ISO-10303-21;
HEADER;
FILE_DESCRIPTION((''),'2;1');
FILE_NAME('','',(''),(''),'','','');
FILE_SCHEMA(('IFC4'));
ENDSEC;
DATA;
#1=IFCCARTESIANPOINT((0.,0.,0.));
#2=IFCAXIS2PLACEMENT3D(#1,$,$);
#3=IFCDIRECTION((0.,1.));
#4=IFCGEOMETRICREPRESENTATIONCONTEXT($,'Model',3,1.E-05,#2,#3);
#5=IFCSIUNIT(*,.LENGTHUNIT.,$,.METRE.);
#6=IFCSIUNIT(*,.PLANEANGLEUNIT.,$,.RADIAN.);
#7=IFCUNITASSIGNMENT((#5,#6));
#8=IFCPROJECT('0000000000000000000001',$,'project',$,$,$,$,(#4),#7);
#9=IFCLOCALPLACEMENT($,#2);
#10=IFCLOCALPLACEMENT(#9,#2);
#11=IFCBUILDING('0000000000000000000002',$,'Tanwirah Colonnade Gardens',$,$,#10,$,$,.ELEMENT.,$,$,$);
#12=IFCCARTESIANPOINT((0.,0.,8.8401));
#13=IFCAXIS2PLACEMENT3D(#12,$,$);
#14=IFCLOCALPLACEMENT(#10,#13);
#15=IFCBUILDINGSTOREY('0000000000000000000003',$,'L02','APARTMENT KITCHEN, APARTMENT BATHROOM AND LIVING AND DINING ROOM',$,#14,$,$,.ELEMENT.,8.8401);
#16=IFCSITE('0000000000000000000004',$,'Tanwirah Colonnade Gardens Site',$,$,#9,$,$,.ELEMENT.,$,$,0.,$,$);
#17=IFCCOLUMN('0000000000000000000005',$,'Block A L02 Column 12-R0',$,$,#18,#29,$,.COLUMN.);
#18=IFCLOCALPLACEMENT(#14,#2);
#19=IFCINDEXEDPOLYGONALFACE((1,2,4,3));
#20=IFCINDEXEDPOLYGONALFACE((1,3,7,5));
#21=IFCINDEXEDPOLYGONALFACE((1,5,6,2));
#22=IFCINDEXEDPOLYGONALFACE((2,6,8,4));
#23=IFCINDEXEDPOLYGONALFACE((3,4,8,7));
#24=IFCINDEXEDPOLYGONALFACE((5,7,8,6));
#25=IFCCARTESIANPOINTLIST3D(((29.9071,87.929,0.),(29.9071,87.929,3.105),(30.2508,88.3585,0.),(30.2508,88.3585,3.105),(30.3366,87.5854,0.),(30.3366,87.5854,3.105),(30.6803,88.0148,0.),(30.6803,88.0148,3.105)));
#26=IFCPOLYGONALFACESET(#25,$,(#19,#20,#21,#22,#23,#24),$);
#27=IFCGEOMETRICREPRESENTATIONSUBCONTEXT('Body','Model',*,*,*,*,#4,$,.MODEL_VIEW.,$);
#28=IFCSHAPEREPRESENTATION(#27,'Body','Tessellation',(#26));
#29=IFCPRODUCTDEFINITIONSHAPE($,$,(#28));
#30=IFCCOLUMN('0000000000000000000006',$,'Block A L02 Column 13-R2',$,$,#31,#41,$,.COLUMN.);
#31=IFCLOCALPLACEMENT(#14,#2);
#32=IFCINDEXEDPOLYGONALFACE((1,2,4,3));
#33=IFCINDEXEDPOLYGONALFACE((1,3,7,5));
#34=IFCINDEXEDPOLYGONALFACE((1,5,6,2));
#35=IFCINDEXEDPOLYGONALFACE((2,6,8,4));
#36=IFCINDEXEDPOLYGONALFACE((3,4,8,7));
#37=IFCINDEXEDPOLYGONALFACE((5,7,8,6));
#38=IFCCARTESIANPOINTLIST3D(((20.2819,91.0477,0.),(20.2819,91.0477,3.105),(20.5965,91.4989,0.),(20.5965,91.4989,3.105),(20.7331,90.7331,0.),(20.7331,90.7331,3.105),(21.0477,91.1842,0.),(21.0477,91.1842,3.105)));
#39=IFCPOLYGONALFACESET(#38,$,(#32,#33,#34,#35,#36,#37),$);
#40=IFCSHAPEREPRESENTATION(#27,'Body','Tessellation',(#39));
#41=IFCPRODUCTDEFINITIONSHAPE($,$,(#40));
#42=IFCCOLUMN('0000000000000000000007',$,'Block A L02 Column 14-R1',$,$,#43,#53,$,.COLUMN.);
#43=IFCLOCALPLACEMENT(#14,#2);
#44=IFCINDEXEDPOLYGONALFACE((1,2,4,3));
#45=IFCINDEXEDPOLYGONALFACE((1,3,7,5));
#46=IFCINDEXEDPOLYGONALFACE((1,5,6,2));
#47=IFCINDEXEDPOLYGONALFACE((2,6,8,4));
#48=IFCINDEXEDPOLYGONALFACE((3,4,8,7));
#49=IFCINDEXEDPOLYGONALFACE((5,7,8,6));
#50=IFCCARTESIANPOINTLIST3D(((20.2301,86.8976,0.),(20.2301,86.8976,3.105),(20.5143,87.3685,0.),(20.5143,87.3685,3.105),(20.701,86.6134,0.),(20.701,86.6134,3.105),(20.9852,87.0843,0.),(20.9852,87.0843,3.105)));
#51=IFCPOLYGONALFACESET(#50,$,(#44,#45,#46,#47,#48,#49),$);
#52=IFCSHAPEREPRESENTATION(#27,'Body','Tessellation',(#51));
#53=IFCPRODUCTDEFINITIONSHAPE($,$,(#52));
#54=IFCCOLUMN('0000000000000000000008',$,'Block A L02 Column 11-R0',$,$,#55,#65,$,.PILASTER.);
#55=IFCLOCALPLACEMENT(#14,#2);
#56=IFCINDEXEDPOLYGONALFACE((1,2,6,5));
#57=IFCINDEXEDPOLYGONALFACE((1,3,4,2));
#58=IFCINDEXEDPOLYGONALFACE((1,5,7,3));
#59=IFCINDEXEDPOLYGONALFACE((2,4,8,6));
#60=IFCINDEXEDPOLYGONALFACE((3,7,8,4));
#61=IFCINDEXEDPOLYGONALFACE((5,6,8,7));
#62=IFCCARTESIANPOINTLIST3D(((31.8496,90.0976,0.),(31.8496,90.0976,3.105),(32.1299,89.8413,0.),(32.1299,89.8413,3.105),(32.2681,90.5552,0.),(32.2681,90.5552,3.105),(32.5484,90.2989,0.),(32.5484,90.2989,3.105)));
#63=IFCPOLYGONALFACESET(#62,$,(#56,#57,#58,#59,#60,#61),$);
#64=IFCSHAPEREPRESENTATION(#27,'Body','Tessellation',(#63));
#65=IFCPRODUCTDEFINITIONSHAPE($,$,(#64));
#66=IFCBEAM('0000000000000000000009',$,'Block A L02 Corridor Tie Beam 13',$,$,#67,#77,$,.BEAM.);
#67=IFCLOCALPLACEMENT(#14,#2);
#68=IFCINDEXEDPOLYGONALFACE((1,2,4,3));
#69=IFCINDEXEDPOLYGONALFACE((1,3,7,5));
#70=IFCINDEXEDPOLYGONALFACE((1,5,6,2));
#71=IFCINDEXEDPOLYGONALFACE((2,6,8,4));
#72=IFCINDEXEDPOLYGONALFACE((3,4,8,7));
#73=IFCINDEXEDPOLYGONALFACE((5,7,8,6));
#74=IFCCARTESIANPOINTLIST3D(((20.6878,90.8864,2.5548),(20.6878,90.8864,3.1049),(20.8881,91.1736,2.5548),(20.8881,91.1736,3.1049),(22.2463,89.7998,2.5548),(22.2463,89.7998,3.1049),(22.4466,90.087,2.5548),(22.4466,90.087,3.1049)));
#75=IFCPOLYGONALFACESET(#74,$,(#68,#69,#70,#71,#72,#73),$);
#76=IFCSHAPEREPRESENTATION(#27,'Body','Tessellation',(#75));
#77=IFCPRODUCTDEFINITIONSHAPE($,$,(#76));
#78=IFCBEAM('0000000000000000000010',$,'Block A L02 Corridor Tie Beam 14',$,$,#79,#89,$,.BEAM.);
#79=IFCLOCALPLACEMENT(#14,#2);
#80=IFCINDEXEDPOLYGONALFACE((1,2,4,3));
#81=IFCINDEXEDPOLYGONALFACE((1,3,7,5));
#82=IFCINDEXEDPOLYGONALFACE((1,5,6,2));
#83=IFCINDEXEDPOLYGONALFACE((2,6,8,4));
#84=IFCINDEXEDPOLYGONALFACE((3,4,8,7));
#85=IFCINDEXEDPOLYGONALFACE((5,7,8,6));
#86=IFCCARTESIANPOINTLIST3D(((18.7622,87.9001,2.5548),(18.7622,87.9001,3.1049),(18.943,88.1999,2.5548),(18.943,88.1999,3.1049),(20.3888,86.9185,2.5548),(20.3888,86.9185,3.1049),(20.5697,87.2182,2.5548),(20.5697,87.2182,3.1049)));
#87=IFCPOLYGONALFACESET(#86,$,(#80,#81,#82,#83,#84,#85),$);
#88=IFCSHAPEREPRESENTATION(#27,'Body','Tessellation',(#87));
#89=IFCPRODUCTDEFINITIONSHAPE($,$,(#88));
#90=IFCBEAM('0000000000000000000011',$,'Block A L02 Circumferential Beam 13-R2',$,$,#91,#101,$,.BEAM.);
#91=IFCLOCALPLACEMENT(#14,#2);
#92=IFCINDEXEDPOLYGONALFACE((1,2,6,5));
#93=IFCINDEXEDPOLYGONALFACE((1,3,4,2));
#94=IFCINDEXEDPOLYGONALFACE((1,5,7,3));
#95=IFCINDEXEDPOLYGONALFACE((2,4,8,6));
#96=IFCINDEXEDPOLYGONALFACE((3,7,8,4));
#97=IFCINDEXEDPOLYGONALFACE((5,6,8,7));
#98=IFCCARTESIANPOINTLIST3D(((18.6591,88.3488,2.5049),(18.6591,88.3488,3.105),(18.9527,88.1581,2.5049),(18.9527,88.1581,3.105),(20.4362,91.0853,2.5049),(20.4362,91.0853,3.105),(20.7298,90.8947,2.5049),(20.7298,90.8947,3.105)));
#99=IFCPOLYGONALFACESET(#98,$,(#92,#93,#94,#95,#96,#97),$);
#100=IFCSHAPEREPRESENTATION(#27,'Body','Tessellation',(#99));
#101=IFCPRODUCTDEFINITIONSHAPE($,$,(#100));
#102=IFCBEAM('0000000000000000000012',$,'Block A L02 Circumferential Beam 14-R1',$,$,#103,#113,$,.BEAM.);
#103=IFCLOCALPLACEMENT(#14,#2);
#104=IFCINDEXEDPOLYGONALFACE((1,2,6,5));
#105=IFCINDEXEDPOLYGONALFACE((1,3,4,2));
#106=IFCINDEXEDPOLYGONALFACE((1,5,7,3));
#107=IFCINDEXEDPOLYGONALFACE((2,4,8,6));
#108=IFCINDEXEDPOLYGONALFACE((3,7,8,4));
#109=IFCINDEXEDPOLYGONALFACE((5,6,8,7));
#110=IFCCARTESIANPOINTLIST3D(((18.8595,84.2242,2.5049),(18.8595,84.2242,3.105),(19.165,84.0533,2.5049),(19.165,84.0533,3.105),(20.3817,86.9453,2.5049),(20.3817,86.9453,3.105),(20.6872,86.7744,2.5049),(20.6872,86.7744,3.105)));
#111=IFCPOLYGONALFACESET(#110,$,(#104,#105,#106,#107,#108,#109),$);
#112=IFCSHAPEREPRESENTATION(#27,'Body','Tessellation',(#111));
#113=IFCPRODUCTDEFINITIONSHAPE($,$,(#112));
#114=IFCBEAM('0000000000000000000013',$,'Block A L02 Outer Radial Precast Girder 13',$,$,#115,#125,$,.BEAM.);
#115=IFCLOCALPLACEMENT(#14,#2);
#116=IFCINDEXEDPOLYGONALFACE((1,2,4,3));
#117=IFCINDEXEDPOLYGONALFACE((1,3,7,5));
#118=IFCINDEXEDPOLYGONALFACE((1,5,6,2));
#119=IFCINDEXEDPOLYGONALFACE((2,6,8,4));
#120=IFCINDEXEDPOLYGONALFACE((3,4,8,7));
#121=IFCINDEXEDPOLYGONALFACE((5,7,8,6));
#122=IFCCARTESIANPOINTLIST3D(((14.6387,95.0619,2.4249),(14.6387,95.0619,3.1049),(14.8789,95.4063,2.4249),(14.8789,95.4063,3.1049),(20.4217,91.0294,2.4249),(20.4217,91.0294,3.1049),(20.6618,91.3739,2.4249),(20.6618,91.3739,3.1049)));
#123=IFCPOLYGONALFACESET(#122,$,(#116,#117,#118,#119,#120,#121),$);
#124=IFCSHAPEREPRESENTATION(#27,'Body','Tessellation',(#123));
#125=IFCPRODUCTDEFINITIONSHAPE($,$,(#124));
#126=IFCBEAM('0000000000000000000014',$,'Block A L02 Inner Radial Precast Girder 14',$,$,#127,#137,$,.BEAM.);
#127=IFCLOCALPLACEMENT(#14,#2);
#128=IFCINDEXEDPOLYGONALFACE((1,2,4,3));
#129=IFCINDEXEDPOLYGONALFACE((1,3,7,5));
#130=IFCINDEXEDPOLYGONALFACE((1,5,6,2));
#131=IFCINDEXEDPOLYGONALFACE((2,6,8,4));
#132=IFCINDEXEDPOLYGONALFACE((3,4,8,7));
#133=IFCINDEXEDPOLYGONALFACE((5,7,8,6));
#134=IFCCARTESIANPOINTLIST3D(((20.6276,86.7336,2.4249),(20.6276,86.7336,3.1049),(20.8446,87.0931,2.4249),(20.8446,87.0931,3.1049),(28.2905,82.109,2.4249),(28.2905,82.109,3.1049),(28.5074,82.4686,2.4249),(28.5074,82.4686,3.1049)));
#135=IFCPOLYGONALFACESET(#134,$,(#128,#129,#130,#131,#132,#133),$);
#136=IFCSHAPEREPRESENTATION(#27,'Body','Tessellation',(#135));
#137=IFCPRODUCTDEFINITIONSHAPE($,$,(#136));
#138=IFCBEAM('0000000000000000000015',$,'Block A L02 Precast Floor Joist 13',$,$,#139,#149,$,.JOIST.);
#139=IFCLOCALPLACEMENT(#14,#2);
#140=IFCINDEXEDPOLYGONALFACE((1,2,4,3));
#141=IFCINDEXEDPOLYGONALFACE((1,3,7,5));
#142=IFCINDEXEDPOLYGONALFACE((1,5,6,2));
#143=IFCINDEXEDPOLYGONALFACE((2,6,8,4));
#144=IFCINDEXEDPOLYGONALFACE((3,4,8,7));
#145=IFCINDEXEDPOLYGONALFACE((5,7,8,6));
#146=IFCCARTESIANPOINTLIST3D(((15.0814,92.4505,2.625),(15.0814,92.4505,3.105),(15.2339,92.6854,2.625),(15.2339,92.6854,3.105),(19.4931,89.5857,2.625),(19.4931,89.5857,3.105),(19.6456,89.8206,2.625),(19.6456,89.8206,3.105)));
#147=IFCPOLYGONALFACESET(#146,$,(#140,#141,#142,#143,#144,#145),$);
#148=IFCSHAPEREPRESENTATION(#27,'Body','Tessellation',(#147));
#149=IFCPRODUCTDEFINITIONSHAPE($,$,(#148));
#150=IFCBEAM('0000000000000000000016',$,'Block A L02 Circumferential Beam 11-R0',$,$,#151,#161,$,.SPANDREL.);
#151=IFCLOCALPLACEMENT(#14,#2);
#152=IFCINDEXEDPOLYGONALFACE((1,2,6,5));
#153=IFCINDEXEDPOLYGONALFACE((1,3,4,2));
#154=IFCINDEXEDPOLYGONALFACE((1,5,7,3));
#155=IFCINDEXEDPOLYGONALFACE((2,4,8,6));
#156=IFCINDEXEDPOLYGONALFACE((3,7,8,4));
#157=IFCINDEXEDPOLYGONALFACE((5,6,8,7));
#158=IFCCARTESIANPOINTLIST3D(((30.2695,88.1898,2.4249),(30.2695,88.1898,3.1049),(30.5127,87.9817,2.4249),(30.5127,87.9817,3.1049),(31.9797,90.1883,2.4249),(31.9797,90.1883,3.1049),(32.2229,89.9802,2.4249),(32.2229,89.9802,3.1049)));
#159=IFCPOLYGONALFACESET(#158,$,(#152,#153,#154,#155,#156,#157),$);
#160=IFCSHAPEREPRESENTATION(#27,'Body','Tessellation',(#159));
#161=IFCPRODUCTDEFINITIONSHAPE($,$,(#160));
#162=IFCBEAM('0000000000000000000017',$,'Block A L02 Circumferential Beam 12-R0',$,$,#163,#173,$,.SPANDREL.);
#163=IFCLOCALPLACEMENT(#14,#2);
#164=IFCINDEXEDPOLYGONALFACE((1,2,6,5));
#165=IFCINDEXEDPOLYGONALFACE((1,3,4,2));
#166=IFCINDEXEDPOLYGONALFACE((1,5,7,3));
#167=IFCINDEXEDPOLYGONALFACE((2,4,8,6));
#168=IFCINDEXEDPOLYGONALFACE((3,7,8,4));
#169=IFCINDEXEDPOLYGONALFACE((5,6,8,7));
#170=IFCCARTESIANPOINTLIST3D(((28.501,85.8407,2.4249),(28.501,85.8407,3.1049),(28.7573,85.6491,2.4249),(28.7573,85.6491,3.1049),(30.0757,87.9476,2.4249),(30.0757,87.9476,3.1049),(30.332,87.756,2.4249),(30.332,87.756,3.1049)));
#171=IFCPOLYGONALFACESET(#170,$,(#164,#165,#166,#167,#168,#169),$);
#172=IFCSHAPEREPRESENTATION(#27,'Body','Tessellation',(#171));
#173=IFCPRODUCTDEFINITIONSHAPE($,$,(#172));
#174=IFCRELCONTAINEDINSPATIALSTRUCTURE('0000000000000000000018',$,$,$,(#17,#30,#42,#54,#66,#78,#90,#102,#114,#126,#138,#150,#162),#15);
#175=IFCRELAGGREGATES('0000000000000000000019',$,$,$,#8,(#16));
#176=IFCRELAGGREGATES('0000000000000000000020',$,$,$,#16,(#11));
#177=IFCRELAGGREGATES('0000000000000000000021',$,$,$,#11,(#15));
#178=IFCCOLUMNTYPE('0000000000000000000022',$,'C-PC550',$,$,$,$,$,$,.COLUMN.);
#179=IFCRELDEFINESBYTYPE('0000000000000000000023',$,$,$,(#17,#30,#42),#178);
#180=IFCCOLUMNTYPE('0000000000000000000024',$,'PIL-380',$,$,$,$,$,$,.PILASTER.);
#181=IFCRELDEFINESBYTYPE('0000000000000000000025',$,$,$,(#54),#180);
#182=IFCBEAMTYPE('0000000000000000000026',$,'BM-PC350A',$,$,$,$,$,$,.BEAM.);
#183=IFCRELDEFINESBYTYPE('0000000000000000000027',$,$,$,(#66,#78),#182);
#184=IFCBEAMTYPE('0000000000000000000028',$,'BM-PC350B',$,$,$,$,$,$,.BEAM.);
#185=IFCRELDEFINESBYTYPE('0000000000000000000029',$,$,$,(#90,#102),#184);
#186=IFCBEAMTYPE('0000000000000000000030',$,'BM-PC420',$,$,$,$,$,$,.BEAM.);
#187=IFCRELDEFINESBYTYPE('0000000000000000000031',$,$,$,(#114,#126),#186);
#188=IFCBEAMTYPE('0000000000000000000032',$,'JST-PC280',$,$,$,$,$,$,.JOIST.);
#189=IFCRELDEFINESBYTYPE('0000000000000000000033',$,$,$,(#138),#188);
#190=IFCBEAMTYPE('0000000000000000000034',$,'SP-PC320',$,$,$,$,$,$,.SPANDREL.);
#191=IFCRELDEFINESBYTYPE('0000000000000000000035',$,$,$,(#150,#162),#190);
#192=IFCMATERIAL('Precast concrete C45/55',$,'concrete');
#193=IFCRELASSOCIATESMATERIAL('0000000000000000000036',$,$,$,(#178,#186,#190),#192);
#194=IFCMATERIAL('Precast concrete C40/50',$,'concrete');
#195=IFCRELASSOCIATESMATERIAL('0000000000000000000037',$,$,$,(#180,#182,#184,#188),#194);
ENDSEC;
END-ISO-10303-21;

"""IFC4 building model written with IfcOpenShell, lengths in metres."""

from ifc_helpers import new_model, si_unit, direction, frame, origin, origin_2d, place, context, subcontext, project, spatial, rectangle, extrude, material, material_profile, profile_set, type_object, element, save


model = new_model("IFC4")

# Units and contexts
model_context = context("Model", 3, precision=1e-05, world=origin(), true_north=direction((0.0, 1.0)))
body_context = subcontext(model_context, "Body", "Model", "MODEL_VIEW")
ifc_project = project(units=[si_unit("LENGTHUNIT", "METRE"), si_unit("PLANEANGLEUNIT", "RADIAN")], contexts=[model_context])

# Site, building, storey
site_placement = place(None, origin())
site = spatial("IfcSite", under=ifc_project, at=site_placement, Name="Tanwirah Colonnade Gardens Site", CompositionType="ELEMENT", RefElevation=0.0)
building_placement = place(site_placement, origin())
building = spatial("IfcBuilding", under=site, at=building_placement, Name="Tanwirah Colonnade Gardens", CompositionType="ELEMENT")
storey_placement = place(building_placement, frame((0.0, 0.0, 8.8401)))
storey = spatial("IfcBuildingStorey", under=building, at=storey_placement, Name="L02", Description="APARTMENT KITCHEN, APARTMENT BATHROOM AND LIVING AND DINING ROOM", CompositionType="ELEMENT", Elevation=8.8401)

# Columns
ifc_material_1 = material(Name="Precast concrete C45/55", Category="concrete")
ifc_material_profile_1 = material_profile(ifc_material_1, rectangle(XDim=0.55, YDim=0.55, at=origin_2d()), Name="PC-COL 550x550")
ifc_profile_set_1 = profile_set([ifc_material_profile_1], Name="Precast concrete C45/55")
column_type_1 = type_object("IfcColumnType", Name="C-PC550", PredefinedType="COLUMN", material=ifc_profile_set_1)
for number, where, z_axis, x_axis, name in (
    (1, (30.2937, 87.9719, 0.0), (0.0, 0.0, 1.0), (-0.780794, 0.624788, 0.0), "Block A L02 Column 12-R0"),
    (2, (20.6648, 91.116, 0.0), (0.0, 0.0, 1.0), (-0.820263, 0.571987, 0.0), "Block A L02 Column 13-R2"),
    (3, (20.6077, 86.991, 0.0), (0.0, 0.0, 1.0), (-0.856167, 0.516699, 0.0), "Block A L02 Column 14-R1"),
):
    element("IfcColumn", number, at=place(storey_placement, frame(where, z_axis=z_axis, x_axis=x_axis)), inside=storey, type_object=column_type_1, Name=name, PredefinedType="COLUMN", context=body_context, shape_type="SweptSolid", body=[
        extrude(rectangle(XDim=0.55, YDim=0.55, at=origin_2d()), origin(), (0.0, 0.0, 1.0), 3.105),
    ])
ifc_material_2 = material(Name="Precast concrete C40/50", Category="concrete")
ifc_material_profile_2 = material_profile(ifc_material_2, rectangle(XDim=0.3799, YDim=0.6201, at=origin_2d()), Name="PC-PIL 380x620")
ifc_profile_set_2 = profile_set([ifc_material_profile_2], Name="Precast concrete C40/50")
column_type_2 = type_object("IfcColumnType", Name="PIL-380", PredefinedType="PILASTER", material=ifc_profile_set_2)
column_placement = place(storey_placement, frame((32.199, 90.1982, 0.0), z_axis=(0.0, 0.0, 1.0), x_axis=(-0.737932, 0.674875, 0.0)))
element("IfcColumn", 4, at=column_placement, inside=storey, type_object=column_type_2, Name="Block A L02 Column 11-R0", PredefinedType="PILASTER", context=body_context, shape_type="SweptSolid", body=[
    extrude(rectangle(XDim=0.3799, YDim=0.6201, at=origin_2d()), origin(), (0.0, 0.0, 1.0), 3.105),
])

# Beams
ifc_material_profile_3 = material_profile(ifc_material_2, rectangle(XDim=0.3501, YDim=0.55, at=origin_2d()), Name="PC-BM 350x550")
ifc_profile_set_3 = profile_set([ifc_material_profile_3], Name="Precast concrete C40/50")
beam_type_1 = type_object("IfcBeamType", Name="BM-PC350A", PredefinedType="BEAM", material=ifc_profile_set_3)
for number, where, z_axis, x_axis, name in (
    (5, (22.3464, 89.9434, 2.8298), (-0.820305, 0.571926, 0.0), (-0.571926, -0.820305, 0.0), "Block A L02 Corridor Tie Beam 13"),
    (6, (20.4792, 87.0684, 2.8298), (-0.856175, 0.516686, 0.0), (-0.516686, -0.856175, 0.0), "Block A L02 Corridor Tie Beam 14"),
):
    element("IfcBeam", number, at=place(storey_placement, frame(where, z_axis=z_axis, x_axis=x_axis)), inside=storey, type_object=beam_type_1, Name=name, PredefinedType="BEAM", context=body_context, shape_type="SweptSolid", body=[
        extrude(rectangle(XDim=0.3501, YDim=0.55, at=origin_2d()), origin(), (0.0, 0.0, 1.0), 1.8999),
    ])
ifc_material_profile_4 = material_profile(ifc_material_2, rectangle(XDim=0.3501, YDim=0.6001, at=origin_2d()), Name="PC-BM 350x600")
ifc_profile_set_4 = profile_set([ifc_material_profile_4], Name="Precast concrete C40/50")
beam_type_2 = type_object("IfcBeamType", Name="BM-PC350B", PredefinedType="BEAM", material=ifc_profile_set_4)
beam_1_placement = place(storey_placement, frame((20.583, 90.99, 2.8049), z_axis=(-0.544628, -0.838678, 0.0), x_axis=(0.838678, -0.544628, 0.0)))
element("IfcBeam", 7, at=beam_1_placement, inside=storey, type_object=beam_type_2, Name="Block A L02 Circumferential Beam 13-R2", PredefinedType="BEAM", context=body_context, shape_type="SweptSolid", body=[
    extrude(rectangle(XDim=0.3501, YDim=0.6001, at=origin_2d()), origin(), (0.0, 0.0, 1.0), 3.2629),
])
beam_2_placement = place(storey_placement, frame((20.5344, 86.8599, 2.8049), z_axis=(-0.4882, -0.872732, 0.0), x_axis=(0.872732, -0.4882, 0.0)))
element("IfcBeam", 8, at=beam_2_placement, inside=storey, type_object=beam_type_2, Name="Block A L02 Circumferential Beam 14-R1", PredefinedType="BEAM", context=body_context, shape_type="SweptSolid", body=[
    extrude(rectangle(XDim=0.3501, YDim=0.6001, at=origin_2d()), origin(), (0.0, 0.0, 1.0), 3.1179),
])
ifc_material_profile_5 = material_profile(ifc_material_1, rectangle(XDim=0.4199, YDim=0.6799, at=origin_2d()), Name="PC-BM 420x680")
ifc_profile_set_5 = profile_set([ifc_material_profile_5], Name="Precast concrete C45/55")
beam_type_3 = type_object("IfcBeamType", Name="BM-PC420", PredefinedType="BEAM", material=ifc_profile_set_5)
beam_3_placement = place(storey_placement, frame((20.5417, 91.2017, 2.7649), z_axis=(-0.82027, 0.571976, 0.0), x_axis=(-0.571976, -0.82027, 0.0)))
element("IfcBeam", 9, at=beam_3_placement, inside=storey, type_object=beam_type_3, Name="Block A L02 Outer Radial Precast Girder 13", PredefinedType="BEAM", context=body_context, shape_type="SweptSolid", body=[
    extrude(rectangle(XDim=0.4199, YDim=0.6799, at=origin_2d()), origin(), (0.0, 0.0, 1.0), 7.05),
])
beam_4_placement = place(storey_placement, frame((20.7361, 86.9133, 2.7649), z_axis=(0.856169, -0.516696, 0.0), x_axis=(0.516696, 0.856169, 0.0)))
element("IfcBeam", 10, at=beam_4_placement, inside=storey, type_object=beam_type_3, Name="Block A L02 Inner Radial Precast Girder 14", PredefinedType="BEAM", context=body_context, shape_type="SweptSolid", body=[
    extrude(rectangle(XDim=0.4199, YDim=0.6799, at=origin_2d()), origin(), (0.0, 0.0, 1.0), 8.9502),
])
ifc_material_profile_6 = material_profile(ifc_material_2, rectangle(XDim=0.28, YDim=0.48, at=origin_2d()), Name="PC-JST 280x480")
ifc_profile_set_6 = profile_set([ifc_material_profile_6], Name="Precast concrete C40/50")
beam_type_4 = type_object("IfcBeamType", Name="JST-PC280", PredefinedType="JOIST", material=ifc_profile_set_6)
beam_5_placement = place(storey_placement, frame((19.5693, 89.7031, 2.865), z_axis=(-0.838687, 0.544613, 0.0), x_axis=(-0.544613, -0.838687, 0.0)))
element("IfcBeam", 11, at=beam_5_placement, inside=storey, type_object=beam_type_4, Name="Block A L02 Precast Floor Joist 13", PredefinedType="JOIST", context=body_context, shape_type="SweptSolid", body=[
    extrude(rectangle(XDim=0.28, YDim=0.48, at=origin_2d()), origin(), (0.0, 0.0, 1.0), 5.2603),
])
ifc_material_profile_7 = material_profile(ifc_material_1, rectangle(XDim=0.3201, YDim=0.6799, at=origin_2d()), Name="PC-SP 320x680")
ifc_profile_set_7 = profile_set([ifc_material_profile_7], Name="Precast concrete C45/55")
beam_type_5 = type_object("IfcBeamType", Name="SP-PC320", PredefinedType="SPANDREL", material=ifc_profile_set_7)
for number, where, z_axis, x_axis, name in (
    (12, (32.1013, 90.0842, 2.7649), (-0.650172, -0.759787, 0.0), (0.759787, -0.650172, 0.0), "Block A L02 Circumferential Beam 11-R0"),
    (13, (30.2039, 87.8518, 2.7649), (-0.598663, -0.801001, 0.0), (0.801001, -0.598663, 0.0), "Block A L02 Circumferential Beam 12-R0"),
):
    element("IfcBeam", number, at=place(storey_placement, frame(where, z_axis=z_axis, x_axis=x_axis)), inside=storey, type_object=beam_type_5, Name=name, PredefinedType="SPANDREL", context=body_context, shape_type="SweptSolid", body=[
        extrude(rectangle(XDim=0.3201, YDim=0.6799, at=origin_2d()), origin(), (0.0, 0.0, 1.0), 2.6304),
    ])

save(model, "model.ifc")
